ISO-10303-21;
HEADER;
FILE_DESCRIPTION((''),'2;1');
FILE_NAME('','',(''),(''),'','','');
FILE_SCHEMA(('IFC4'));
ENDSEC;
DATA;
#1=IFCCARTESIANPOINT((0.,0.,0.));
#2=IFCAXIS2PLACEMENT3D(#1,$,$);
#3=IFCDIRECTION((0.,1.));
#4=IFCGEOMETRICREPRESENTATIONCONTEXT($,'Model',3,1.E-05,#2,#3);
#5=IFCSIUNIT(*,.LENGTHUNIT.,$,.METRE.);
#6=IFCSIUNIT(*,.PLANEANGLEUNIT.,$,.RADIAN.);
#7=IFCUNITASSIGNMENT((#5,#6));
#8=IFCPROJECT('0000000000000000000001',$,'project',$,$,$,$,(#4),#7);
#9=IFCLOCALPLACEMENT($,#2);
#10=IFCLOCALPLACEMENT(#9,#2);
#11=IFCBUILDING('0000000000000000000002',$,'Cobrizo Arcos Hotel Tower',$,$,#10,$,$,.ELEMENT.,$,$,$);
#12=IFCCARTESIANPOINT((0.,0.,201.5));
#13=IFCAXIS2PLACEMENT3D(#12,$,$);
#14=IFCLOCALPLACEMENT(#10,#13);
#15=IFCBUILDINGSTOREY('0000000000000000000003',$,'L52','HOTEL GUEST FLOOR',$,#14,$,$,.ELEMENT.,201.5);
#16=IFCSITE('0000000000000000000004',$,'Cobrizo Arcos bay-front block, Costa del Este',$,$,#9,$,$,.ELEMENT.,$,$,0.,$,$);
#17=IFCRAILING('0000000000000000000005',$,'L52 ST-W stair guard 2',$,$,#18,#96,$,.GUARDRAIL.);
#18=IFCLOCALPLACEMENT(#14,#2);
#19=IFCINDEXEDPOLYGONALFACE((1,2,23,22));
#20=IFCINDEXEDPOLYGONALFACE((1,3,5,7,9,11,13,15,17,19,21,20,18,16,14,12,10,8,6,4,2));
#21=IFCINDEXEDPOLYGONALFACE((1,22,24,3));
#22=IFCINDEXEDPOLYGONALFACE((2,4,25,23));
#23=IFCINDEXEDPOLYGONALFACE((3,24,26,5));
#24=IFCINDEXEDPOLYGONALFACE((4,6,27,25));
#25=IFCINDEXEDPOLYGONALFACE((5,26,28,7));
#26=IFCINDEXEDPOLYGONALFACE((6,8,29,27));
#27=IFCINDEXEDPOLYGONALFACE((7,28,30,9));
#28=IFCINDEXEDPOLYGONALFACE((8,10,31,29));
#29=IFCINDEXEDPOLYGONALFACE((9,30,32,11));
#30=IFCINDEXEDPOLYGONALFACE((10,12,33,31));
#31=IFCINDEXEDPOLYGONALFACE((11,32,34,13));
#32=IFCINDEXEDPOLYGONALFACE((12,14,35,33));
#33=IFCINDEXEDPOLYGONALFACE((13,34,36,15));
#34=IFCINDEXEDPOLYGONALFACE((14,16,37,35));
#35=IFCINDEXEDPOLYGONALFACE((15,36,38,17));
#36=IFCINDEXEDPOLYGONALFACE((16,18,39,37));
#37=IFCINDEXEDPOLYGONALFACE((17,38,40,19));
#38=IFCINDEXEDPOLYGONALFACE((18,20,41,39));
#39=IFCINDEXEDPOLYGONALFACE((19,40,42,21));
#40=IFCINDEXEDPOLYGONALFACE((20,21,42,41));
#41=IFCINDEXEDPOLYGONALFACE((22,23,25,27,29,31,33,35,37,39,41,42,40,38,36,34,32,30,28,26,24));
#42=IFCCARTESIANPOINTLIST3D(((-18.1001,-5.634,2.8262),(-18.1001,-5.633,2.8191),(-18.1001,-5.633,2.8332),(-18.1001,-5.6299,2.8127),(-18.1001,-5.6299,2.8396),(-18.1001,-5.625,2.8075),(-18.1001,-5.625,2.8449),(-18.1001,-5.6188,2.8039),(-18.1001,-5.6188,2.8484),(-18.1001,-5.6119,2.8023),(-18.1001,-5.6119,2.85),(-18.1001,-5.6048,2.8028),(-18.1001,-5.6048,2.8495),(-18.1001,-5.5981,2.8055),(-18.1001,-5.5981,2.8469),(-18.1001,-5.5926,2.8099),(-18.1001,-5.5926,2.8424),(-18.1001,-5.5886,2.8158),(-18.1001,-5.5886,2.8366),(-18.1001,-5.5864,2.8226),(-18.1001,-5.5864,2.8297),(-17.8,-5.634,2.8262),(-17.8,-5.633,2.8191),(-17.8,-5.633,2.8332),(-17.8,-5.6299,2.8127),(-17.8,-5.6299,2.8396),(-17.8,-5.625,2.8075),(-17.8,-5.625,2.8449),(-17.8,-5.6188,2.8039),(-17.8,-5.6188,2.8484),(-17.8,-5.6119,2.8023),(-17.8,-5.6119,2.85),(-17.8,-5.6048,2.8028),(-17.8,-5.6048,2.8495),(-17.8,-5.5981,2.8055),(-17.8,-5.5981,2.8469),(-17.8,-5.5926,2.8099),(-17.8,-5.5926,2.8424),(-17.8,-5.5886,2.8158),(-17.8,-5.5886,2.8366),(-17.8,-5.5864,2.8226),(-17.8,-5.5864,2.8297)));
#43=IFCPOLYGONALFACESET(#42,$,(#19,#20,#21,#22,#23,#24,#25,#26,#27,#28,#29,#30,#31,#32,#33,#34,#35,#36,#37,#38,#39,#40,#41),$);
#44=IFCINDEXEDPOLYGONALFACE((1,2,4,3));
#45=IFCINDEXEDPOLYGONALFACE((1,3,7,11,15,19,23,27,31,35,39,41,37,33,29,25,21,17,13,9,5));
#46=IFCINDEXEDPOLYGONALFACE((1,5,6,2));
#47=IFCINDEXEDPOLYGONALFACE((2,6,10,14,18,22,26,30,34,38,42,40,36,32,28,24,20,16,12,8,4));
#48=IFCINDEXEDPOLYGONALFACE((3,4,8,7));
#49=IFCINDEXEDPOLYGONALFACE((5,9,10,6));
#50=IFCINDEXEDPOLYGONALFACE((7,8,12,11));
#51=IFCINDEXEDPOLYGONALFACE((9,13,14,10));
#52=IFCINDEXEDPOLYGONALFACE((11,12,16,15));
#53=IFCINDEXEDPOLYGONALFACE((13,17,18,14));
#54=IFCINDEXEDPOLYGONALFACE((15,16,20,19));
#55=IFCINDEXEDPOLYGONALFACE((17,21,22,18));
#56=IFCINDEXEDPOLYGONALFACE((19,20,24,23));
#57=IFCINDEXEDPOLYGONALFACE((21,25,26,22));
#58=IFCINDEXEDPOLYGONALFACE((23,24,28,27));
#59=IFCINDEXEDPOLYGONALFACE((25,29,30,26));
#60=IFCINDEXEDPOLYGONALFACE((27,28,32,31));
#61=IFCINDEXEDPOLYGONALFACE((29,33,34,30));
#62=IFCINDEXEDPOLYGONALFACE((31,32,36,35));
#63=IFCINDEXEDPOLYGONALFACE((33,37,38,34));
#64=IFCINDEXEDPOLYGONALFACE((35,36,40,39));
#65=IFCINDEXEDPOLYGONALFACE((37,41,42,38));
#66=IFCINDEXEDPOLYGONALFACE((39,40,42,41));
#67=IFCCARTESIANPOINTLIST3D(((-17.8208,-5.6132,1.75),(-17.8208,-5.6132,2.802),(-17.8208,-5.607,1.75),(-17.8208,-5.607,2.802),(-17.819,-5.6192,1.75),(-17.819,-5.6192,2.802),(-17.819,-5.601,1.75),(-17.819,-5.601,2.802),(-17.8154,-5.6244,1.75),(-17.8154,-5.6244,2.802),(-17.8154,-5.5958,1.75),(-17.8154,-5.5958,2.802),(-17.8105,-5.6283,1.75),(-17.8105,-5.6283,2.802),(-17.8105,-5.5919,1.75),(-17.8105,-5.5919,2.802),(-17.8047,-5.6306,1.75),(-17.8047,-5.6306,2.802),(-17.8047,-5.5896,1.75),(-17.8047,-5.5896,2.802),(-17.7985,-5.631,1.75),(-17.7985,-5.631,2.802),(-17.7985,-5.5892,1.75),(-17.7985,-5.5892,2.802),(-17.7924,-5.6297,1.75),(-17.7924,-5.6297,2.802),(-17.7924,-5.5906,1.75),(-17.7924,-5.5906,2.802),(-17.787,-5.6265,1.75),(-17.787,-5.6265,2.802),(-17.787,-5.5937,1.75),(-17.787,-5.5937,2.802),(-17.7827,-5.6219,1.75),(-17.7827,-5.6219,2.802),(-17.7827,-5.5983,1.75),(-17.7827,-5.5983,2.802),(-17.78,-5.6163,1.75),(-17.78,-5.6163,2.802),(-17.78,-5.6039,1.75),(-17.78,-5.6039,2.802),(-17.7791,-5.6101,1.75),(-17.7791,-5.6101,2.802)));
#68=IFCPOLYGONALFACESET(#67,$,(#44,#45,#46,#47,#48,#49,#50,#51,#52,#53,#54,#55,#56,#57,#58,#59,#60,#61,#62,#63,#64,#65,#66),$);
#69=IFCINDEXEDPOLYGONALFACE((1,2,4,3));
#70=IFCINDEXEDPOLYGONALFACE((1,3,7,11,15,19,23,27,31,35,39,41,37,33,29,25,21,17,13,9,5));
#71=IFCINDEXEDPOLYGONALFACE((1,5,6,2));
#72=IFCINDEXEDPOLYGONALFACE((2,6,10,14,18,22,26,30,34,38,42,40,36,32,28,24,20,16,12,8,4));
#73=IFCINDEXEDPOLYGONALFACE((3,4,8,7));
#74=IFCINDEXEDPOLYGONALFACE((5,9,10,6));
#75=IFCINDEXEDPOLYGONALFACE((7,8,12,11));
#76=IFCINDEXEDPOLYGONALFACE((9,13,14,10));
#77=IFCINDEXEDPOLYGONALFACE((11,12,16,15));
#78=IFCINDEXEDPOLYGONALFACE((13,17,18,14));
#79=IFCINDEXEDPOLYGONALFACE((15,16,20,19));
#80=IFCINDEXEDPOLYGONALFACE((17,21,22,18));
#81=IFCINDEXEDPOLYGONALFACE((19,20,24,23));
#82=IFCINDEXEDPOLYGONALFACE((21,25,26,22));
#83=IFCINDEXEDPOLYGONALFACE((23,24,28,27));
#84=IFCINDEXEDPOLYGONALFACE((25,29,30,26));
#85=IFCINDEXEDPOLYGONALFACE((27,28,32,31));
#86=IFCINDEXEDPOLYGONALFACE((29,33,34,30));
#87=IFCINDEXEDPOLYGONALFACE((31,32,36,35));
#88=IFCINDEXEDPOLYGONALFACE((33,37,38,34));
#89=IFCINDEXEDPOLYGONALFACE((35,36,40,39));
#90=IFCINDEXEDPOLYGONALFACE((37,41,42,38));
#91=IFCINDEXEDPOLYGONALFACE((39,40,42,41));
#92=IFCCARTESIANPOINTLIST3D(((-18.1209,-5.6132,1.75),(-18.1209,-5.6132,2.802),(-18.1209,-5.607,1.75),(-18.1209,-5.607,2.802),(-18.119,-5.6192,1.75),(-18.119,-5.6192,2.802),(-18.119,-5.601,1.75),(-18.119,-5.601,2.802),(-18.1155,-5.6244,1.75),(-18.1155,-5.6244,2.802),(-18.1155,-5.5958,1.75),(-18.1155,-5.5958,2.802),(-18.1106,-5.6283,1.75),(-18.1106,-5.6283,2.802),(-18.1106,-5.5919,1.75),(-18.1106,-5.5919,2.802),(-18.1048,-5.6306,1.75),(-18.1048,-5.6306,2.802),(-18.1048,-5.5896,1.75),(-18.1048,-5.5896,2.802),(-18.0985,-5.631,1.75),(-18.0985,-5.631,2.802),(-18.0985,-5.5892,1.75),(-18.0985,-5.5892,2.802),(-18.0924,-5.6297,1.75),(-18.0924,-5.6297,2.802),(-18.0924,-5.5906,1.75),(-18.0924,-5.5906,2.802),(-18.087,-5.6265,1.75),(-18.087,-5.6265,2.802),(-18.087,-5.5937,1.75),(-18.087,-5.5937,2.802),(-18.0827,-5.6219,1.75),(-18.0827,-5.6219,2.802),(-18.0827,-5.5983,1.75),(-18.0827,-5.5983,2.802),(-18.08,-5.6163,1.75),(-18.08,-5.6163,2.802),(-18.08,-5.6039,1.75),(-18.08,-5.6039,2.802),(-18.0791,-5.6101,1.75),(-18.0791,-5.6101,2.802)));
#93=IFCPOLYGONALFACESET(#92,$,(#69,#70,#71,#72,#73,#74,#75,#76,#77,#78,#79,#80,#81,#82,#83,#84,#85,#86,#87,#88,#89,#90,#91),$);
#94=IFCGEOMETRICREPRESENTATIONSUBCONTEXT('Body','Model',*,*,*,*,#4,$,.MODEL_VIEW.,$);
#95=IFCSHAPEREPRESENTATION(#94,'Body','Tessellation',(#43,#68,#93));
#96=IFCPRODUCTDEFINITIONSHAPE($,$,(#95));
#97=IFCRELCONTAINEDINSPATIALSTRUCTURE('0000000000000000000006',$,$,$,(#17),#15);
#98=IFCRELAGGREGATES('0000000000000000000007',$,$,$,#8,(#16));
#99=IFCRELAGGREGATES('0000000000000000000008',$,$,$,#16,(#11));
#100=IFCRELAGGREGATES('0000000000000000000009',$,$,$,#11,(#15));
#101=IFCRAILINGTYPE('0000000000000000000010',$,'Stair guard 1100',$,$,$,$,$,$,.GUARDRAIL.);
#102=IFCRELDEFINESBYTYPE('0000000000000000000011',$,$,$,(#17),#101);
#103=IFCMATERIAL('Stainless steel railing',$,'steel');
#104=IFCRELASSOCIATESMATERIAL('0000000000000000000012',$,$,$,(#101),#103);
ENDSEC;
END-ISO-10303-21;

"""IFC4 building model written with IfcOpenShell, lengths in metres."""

from ifc_helpers import new_model, si_unit, direction, frame, origin, origin_2d, place, context, subcontext, project, spatial, circle, extrude, material, type_object, element, save


model = new_model("IFC4")

# Units and contexts
model_context = context("Model", 3, precision=1e-05, world=origin(), true_north=direction((0.0, 1.0)))
body_context = subcontext(model_context, "Body", "Model", "MODEL_VIEW")
ifc_project = project(units=[si_unit("LENGTHUNIT", "METRE"), si_unit("PLANEANGLEUNIT", "RADIAN")], contexts=[model_context])

# Site, building, storey
site_placement = place(None, origin())
site = spatial("IfcSite", under=ifc_project, at=site_placement, Name="Cobrizo Arcos bay-front block, Costa del Este", CompositionType="ELEMENT", RefElevation=0.0)
building_placement = place(site_placement, origin())
building = spatial("IfcBuilding", under=site, at=building_placement, Name="Cobrizo Arcos Hotel Tower", CompositionType="ELEMENT")
storey_placement = place(building_placement, frame((0.0, 0.0, 201.5)))
storey = spatial("IfcBuildingStorey", under=building, at=storey_placement, Name="L52", Description="HOTEL GUEST FLOOR", CompositionType="ELEMENT", Elevation=201.5)

# Railing
ifc_material_1 = material(Name="Stainless steel railing", Category="steel")
railing_type_1 = type_object("IfcRailingType", Name="Stair guard 1100", PredefinedType="GUARDRAIL", material=ifc_material_1)
railing_1_placement = place(storey_placement, frame((-17.8, -5.6101, 1.75)))
element("IfcRailing", 1, at=railing_1_placement, inside=storey, type_object=railing_type_1, Name="L52 ST-W stair guard 2", PredefinedType="GUARDRAIL", context=body_context, shape_type="SweptSolid", body=[
    extrude(circle(Radius=0.0239, at=origin_2d()), frame((0.0, 0.0, 1.0762), z_axis=(-1.0, 0.0, 0.0), x_axis=(0.0, -1.0, 0.0)), (0.0, 0.0, 1.0), 0.3),
    extrude(circle(Radius=0.021, at=origin_2d()), origin(), (0.0, 0.0, 1.0), 1.052),
    extrude(circle(Radius=0.021, at=origin_2d()), frame((-0.3, 0.0, 0.0)), (0.0, 0.0, 1.0), 1.052),
])

save(model, "model.ifc")
